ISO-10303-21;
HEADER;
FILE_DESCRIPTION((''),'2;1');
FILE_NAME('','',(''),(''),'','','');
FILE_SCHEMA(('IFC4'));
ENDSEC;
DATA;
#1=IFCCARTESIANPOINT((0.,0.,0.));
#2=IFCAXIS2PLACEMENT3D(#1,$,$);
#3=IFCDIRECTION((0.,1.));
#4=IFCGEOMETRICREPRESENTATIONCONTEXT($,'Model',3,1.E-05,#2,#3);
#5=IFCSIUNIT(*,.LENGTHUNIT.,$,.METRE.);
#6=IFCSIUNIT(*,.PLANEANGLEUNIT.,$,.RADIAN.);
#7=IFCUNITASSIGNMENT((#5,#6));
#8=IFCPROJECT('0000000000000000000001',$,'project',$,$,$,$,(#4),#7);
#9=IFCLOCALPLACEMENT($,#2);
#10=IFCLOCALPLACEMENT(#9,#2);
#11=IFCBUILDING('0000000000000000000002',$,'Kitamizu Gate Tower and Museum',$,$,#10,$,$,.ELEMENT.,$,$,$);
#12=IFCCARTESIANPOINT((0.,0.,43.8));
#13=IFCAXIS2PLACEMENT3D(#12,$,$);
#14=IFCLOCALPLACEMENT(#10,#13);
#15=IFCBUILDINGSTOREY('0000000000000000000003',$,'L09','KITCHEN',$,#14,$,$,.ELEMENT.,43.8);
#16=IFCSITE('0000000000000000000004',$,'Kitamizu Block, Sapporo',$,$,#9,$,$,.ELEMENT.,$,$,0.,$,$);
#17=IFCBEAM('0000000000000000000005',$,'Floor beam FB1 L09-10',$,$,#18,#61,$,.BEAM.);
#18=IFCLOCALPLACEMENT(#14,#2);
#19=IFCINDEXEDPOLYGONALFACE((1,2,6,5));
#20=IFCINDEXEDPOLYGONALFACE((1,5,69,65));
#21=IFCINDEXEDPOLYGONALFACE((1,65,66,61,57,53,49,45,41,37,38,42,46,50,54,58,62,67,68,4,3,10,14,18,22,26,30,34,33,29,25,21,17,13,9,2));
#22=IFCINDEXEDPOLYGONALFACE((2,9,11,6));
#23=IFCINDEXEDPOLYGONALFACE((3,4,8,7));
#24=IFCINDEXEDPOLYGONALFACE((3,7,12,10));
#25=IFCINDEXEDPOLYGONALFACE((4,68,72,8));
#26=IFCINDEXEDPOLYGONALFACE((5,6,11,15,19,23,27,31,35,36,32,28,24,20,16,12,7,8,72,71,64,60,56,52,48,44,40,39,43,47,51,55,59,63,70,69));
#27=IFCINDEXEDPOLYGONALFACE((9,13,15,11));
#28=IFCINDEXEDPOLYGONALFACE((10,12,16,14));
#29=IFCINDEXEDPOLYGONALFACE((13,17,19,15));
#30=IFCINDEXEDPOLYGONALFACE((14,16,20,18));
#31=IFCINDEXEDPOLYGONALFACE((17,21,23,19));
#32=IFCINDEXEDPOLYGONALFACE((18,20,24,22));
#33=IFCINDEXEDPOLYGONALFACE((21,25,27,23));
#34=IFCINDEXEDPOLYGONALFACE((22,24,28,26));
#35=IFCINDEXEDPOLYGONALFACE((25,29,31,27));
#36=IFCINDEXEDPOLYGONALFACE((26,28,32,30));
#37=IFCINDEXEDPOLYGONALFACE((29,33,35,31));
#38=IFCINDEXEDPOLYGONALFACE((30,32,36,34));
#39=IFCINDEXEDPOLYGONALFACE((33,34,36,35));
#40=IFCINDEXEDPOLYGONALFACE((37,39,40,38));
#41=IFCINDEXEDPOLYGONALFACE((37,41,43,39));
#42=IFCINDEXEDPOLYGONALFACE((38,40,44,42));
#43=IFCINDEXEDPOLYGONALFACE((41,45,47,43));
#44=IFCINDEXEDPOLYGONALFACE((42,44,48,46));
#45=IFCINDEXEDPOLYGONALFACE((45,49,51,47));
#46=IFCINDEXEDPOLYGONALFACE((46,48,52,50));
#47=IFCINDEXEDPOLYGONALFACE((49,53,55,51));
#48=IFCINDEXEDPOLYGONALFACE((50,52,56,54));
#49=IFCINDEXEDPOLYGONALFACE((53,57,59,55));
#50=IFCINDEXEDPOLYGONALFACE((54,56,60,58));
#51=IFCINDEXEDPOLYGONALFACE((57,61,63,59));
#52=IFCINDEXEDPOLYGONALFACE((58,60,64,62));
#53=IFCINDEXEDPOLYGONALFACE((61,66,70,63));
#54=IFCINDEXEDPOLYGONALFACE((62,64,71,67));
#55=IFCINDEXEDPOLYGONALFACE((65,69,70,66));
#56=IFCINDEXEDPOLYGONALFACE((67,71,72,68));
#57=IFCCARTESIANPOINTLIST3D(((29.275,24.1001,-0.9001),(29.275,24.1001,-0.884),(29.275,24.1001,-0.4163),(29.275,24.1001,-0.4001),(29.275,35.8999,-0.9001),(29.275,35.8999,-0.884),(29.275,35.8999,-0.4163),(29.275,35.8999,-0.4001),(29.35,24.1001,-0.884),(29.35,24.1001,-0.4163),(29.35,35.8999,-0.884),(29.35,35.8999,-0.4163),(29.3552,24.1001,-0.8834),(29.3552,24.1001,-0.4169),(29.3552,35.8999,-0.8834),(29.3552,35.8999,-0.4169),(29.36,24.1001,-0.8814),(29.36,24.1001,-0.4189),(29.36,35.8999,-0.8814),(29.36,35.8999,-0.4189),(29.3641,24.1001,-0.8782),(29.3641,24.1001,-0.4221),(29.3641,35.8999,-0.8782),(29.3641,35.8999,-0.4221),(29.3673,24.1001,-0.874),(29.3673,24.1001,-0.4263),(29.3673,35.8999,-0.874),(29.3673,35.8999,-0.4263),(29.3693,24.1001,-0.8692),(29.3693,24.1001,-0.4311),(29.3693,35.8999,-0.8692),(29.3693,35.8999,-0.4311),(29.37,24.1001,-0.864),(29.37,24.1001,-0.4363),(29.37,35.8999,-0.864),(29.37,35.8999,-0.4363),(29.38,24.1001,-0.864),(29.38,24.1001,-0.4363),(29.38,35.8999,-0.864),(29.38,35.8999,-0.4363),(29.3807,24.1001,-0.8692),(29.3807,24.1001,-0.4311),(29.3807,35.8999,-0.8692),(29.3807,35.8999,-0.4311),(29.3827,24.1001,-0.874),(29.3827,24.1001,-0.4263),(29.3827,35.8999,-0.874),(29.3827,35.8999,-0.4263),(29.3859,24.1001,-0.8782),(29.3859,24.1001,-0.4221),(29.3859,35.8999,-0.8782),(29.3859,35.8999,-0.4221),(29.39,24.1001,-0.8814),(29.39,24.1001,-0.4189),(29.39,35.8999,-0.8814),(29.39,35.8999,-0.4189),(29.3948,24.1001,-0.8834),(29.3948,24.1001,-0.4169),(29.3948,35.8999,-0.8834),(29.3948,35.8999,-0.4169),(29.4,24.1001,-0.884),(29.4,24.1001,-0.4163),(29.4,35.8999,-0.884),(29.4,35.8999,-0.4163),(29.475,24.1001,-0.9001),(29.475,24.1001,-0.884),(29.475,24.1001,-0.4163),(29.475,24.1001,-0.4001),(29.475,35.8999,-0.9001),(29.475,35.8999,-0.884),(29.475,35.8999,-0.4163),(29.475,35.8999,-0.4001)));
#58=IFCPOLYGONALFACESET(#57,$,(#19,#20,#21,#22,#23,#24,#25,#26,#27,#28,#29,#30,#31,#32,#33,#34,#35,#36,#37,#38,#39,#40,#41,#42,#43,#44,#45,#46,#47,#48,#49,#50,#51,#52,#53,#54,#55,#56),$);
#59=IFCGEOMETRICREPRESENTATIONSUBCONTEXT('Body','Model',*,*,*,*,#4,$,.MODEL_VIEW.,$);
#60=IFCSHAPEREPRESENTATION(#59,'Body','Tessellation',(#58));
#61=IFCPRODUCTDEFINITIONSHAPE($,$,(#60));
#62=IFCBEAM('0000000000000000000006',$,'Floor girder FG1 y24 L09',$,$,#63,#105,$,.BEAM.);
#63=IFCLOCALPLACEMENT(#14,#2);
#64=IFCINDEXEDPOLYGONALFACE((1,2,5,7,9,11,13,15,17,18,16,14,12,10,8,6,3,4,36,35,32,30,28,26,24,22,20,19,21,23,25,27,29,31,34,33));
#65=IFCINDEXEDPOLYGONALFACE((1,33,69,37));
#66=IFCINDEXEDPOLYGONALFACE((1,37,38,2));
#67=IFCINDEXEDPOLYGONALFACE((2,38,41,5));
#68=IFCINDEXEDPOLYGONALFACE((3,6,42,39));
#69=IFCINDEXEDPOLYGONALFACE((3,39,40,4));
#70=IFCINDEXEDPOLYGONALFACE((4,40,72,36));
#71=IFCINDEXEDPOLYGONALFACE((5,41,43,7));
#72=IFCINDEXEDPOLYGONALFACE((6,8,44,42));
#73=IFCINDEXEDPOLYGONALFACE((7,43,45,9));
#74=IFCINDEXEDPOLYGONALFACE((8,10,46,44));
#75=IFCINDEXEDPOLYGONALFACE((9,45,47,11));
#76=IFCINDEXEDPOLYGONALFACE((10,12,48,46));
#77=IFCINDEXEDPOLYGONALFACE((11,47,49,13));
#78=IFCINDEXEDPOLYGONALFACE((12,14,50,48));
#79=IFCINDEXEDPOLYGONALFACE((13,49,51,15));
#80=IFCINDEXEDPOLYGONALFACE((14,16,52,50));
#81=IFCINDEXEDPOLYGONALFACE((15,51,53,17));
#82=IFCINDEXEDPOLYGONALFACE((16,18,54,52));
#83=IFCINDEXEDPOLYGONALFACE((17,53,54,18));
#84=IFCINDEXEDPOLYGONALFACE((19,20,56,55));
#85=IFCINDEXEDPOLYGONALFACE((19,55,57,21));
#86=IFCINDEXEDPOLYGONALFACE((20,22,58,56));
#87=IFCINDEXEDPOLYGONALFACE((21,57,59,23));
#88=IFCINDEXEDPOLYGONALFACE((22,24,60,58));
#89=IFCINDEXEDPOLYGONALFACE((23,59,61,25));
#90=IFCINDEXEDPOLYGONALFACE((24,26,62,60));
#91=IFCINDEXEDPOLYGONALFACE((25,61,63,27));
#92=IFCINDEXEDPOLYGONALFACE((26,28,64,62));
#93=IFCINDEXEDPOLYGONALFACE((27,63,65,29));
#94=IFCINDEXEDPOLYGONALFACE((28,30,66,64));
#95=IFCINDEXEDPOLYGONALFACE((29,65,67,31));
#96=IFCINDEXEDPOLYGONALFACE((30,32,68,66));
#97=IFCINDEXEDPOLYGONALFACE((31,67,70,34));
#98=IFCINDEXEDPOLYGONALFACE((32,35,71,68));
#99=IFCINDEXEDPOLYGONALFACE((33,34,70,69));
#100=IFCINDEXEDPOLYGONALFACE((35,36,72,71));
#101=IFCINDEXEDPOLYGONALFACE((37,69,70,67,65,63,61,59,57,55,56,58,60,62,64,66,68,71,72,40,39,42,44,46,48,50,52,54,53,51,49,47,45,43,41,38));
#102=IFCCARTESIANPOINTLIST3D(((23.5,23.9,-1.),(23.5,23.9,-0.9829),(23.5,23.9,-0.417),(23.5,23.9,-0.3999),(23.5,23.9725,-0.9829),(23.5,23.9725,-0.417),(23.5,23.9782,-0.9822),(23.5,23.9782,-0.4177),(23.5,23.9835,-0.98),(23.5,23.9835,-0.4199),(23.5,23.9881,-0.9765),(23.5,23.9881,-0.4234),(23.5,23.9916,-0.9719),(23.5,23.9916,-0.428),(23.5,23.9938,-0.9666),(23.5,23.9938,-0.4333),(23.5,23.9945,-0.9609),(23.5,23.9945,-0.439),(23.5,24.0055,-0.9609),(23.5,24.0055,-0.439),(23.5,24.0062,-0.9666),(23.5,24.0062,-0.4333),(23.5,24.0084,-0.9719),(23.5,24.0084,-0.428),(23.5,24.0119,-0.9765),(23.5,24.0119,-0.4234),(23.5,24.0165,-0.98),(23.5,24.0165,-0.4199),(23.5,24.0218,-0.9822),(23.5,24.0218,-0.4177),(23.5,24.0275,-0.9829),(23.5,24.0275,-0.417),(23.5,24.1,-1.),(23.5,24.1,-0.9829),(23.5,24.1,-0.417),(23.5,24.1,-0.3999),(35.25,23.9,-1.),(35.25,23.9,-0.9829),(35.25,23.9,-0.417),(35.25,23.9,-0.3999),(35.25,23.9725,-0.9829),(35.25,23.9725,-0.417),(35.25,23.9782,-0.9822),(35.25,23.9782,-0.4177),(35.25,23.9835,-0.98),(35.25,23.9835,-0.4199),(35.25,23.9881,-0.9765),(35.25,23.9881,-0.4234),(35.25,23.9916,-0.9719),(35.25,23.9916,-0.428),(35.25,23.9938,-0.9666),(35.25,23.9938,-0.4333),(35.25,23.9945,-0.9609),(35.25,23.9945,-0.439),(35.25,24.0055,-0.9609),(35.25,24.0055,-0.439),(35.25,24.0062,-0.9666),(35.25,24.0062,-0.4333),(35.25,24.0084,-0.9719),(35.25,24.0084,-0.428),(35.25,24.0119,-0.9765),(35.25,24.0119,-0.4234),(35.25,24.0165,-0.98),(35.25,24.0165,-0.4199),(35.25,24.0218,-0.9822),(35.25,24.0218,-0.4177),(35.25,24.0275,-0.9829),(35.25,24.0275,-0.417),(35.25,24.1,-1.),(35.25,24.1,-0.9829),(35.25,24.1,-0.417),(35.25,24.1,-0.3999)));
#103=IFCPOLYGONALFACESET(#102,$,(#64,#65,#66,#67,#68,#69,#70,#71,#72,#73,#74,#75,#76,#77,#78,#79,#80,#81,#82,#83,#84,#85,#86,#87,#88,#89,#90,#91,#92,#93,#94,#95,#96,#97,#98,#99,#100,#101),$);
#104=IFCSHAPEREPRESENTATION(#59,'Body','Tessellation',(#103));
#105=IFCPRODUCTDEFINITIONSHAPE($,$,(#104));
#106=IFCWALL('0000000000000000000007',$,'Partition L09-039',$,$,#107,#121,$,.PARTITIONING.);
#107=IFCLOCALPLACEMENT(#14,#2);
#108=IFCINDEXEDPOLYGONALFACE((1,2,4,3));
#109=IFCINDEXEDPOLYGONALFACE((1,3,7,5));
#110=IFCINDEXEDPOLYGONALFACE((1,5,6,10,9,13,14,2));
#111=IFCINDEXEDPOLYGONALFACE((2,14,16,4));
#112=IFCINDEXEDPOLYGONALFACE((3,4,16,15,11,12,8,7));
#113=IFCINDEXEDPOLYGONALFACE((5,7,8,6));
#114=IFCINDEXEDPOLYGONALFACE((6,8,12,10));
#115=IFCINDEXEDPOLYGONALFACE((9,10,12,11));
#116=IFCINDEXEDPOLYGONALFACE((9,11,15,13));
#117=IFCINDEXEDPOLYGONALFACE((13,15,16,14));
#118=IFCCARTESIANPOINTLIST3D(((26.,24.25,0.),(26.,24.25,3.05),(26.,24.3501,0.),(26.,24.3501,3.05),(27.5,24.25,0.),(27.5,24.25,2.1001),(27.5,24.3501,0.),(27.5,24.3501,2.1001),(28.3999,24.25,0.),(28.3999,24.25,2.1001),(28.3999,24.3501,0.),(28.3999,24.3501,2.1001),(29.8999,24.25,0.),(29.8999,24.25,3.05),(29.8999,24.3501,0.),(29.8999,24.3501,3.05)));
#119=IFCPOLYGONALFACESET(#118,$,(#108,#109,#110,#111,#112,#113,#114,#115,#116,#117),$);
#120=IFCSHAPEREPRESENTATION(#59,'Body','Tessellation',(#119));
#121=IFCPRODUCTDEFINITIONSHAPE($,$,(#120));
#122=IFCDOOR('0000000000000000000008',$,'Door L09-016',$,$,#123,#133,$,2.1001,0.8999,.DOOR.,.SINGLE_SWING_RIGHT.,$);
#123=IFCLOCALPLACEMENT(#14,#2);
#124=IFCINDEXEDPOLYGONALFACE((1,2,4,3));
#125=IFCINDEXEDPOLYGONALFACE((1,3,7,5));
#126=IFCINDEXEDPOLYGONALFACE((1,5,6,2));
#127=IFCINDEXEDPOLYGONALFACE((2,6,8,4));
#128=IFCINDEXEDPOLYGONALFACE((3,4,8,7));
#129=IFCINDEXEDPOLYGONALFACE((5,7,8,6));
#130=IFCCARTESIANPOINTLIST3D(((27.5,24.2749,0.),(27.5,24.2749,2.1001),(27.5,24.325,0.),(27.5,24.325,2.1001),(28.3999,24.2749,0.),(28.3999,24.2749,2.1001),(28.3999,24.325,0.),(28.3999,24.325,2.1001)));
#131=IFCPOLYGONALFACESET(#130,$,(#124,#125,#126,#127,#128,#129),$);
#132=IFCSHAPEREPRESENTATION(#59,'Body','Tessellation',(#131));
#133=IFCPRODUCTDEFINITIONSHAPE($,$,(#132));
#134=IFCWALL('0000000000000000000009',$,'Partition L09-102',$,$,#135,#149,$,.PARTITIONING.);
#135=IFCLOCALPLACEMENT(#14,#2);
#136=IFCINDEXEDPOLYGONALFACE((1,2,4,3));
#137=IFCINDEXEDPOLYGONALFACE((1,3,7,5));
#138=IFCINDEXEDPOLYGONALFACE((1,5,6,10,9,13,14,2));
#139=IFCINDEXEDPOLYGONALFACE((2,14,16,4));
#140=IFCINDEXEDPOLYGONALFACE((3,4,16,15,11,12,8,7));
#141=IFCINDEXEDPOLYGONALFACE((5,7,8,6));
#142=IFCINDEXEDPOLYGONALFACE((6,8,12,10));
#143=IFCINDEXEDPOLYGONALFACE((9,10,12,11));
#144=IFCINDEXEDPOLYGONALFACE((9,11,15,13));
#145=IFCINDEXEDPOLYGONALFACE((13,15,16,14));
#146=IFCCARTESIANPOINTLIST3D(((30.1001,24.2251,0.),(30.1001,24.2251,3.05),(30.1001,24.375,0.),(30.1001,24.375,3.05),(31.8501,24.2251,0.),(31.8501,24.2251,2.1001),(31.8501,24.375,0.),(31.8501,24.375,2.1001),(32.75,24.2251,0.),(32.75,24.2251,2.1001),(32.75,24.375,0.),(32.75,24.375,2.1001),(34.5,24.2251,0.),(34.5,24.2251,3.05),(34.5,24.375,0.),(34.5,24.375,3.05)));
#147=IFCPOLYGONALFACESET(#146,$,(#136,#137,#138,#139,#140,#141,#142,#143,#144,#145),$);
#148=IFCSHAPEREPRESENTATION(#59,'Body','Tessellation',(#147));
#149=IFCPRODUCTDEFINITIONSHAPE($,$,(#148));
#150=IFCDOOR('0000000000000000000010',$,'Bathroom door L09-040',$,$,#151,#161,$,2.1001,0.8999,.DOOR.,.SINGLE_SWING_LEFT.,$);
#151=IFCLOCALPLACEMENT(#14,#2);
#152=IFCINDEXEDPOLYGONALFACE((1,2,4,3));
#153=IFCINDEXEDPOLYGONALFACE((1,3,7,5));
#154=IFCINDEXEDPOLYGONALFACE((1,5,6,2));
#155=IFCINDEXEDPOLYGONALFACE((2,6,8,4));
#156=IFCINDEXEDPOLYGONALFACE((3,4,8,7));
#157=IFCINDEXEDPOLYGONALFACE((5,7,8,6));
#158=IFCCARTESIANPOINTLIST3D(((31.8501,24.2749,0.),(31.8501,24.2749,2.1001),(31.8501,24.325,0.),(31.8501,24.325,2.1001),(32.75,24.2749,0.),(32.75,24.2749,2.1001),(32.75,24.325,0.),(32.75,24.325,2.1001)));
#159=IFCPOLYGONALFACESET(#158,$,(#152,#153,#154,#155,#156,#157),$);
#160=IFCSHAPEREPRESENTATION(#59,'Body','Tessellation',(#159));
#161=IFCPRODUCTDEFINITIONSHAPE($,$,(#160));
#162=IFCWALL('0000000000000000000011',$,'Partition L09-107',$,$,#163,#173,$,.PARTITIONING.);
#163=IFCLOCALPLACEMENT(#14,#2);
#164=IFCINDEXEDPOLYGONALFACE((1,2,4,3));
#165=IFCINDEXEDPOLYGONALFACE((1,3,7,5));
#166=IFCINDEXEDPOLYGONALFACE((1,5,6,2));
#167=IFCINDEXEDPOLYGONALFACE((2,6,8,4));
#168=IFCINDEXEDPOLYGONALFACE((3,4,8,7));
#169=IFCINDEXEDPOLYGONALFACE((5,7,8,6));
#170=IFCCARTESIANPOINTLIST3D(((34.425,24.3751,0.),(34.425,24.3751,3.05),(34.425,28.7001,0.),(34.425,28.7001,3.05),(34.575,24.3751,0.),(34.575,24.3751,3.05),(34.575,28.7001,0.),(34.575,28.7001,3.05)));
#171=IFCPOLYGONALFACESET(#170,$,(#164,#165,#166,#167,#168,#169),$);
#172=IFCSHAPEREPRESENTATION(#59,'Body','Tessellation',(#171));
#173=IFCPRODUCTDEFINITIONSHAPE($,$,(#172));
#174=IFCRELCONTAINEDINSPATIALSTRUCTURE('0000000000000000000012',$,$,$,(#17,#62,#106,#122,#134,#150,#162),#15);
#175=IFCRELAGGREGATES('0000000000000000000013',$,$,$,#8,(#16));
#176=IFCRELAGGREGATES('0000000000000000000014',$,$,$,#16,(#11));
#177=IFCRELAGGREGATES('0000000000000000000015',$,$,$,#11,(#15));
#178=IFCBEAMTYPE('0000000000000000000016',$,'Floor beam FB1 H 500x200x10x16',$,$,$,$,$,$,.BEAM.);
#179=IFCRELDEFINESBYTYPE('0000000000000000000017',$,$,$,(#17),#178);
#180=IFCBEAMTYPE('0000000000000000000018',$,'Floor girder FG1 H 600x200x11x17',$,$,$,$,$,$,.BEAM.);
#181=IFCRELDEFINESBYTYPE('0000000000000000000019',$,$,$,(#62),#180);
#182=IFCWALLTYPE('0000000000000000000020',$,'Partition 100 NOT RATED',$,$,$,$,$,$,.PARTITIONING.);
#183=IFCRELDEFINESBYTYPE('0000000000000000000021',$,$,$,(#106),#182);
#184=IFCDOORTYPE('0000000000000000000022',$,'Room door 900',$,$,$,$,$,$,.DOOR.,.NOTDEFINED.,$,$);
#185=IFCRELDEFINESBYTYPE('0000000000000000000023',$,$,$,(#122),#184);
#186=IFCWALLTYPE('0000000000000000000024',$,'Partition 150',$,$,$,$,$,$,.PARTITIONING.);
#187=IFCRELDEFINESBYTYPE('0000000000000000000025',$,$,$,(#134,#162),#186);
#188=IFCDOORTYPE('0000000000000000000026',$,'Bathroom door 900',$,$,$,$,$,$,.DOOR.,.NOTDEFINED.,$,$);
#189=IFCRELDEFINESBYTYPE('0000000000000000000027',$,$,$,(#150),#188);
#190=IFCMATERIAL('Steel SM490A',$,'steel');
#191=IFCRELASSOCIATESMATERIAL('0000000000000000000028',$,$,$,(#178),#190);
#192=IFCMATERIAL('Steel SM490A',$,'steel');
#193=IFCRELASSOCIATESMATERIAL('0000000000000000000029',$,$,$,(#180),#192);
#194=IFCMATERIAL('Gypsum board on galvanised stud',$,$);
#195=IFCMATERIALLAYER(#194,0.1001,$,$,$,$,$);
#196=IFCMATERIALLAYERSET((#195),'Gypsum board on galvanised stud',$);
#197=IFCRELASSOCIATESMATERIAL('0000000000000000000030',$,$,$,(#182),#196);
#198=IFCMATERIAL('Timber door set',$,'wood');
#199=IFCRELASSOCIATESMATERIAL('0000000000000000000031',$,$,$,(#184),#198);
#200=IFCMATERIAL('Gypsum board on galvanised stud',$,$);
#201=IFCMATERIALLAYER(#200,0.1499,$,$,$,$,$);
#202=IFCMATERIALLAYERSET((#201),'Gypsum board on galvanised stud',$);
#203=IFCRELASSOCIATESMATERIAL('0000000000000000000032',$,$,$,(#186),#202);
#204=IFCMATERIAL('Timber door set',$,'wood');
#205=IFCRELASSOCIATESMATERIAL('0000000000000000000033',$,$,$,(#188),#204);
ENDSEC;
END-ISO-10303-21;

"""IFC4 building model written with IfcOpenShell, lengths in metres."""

from ifc_helpers import new_model, si_unit, direction, frame, frame_2d, origin, origin_2d, place, context, subcontext, project, spatial, rectangle, i_section, extrude, material, layer, layer_set, material_profile, profile_set, type_object, element, fill, save


model = new_model("IFC4")

# Units and contexts
model_context = context("Model", 3, precision=1e-05, world=origin(), true_north=direction((0.0, 1.0)))
body_context = subcontext(model_context, "Body", "Model", "MODEL_VIEW")
ifc_project = project(units=[si_unit("LENGTHUNIT", "METRE"), si_unit("PLANEANGLEUNIT", "RADIAN")], contexts=[model_context])

# Site, building, storey
site_placement = place(None, origin())
site = spatial("IfcSite", under=ifc_project, at=site_placement, Name="Kitamizu Block, Sapporo", CompositionType="ELEMENT", RefElevation=0.0)
building_placement = place(site_placement, origin())
building = spatial("IfcBuilding", under=site, at=building_placement, Name="Kitamizu Gate Tower and Museum", CompositionType="ELEMENT")
storey_placement = place(building_placement, frame((0.0, 0.0, 43.8)))
storey = spatial("IfcBuildingStorey", under=building, at=storey_placement, Name="L09", Description="KITCHEN", CompositionType="ELEMENT", Elevation=43.8)

# Beams
ifc_material_1 = material(Name="Steel SM490A", Category="steel")
ifc_material_profile_1 = material_profile(ifc_material_1, i_section(OverallWidth=0.2, OverallDepth=0.5, WebThickness=0.01, FlangeThickness=0.0161, FilletRadius=0.02, at=origin_2d()), Name="H-500x200x10x16")
ifc_profile_set_1 = profile_set([ifc_material_profile_1], Name="Steel SM490A")
beam_type_1 = type_object("IfcBeamType", Name="Floor beam FB1 H 500x200x10x16", PredefinedType="BEAM", material=ifc_profile_set_1)
beam_1_placement = place(storey_placement, frame((29.375, 24.1001, -0.6501), z_axis=(0.0, 1.0, 0.0), x_axis=(-1.0, 0.0, 0.0)))
element("IfcBeam", 1, at=beam_1_placement, inside=storey, type_object=beam_type_1, Name="Floor beam FB1 L09-10", PredefinedType="BEAM", context=body_context, shape_type="SweptSolid", body=[
    extrude(i_section(OverallWidth=0.2, OverallDepth=0.5, WebThickness=0.01, FlangeThickness=0.0161, FilletRadius=0.02, at=origin_2d()), origin(), (0.0, 0.0, 1.0), 11.7998),
])
ifc_material_2 = material(Name="Steel SM490A", Category="steel")
ifc_material_profile_2 = material_profile(ifc_material_2, i_section(OverallWidth=0.2, OverallDepth=0.6001, WebThickness=0.011, FlangeThickness=0.0171, FilletRadius=0.022, at=origin_2d()), Name="H-600x200x11x17")
ifc_profile_set_2 = profile_set([ifc_material_profile_2], Name="Steel SM490A")
beam_type_2 = type_object("IfcBeamType", Name="Floor girder FG1 H 600x200x11x17", PredefinedType="BEAM", material=ifc_profile_set_2)
beam_2_placement = place(storey_placement, frame((23.5, 24.0, -0.7), z_axis=(1.0, 0.0, 0.0), x_axis=(0.0, 1.0, 0.0)))
element("IfcBeam", 2, at=beam_2_placement, inside=storey, type_object=beam_type_2, Name="Floor girder FG1 y24 L09", PredefinedType="BEAM", context=body_context, shape_type="SweptSolid", body=[
    extrude(i_section(OverallWidth=0.2, OverallDepth=0.6001, WebThickness=0.011, FlangeThickness=0.0171, FilletRadius=0.022, at=origin_2d()), origin(), (0.0, 0.0, 1.0), 11.75),
])

# Walls, openings, doors
ifc_material_3 = material(Name="Gypsum board on galvanised stud")
ifc_layer_1 = layer(ifc_material_3, 0.1001)
ifc_layer_set_1 = layer_set([ifc_layer_1], Name="Gypsum board on galvanised stud")
wall_type_1 = type_object("IfcWallType", Name="Partition 100 NOT RATED", PredefinedType="PARTITIONING", material=ifc_layer_set_1)
wall_1_placement = place(storey_placement, frame((29.8999, 24.3, 0.0), z_axis=(0.0, 0.0, 1.0), x_axis=(-1.0, 0.0, 0.0)))
wall_1 = element("IfcWall", 3, at=wall_1_placement, inside=storey, type_object=wall_type_1, Name="Partition L09-039", PredefinedType="PARTITIONING", context=body_context, shape_type="SweptSolid", body=[
    extrude(rectangle(XDim=3.8999, YDim=0.1001, at=frame_2d((1.95, 0.0))), origin(), (0.0, 0.0, 1.0), 3.05),
])
opening_1_placement = place(wall_1_placement, frame((1.5, 0.0, 0.0)))
opening_1 = element("IfcOpeningElement", 4, at=opening_1_placement, cuts=wall_1, PredefinedType="OPENING", context=body_context, shape_type="SweptSolid", body=[
    extrude(rectangle(XDim=0.8999, YDim=2.1001, at=frame_2d((0.45, 1.05))), frame((0.0, 0.0601, 0.0), z_axis=(0.0, -1.0, 0.0), x_axis=(1.0, 0.0, 0.0)), (0.0, 0.0, 1.0), 0.1201),
])
ifc_material_4 = material(Name="Timber door set", Category="wood")
door_type_1 = type_object("IfcDoorType", Name="Room door 900", OperationType="NOTDEFINED", PredefinedType="DOOR", material=ifc_material_4)
door_1_placement = place(opening_1_placement, frame((0.8999, 0.0, 0.0), x_axis=(-1.0, 0.0, 0.0)))
door_1 = element("IfcDoor", 5, at=door_1_placement, inside=storey, type_object=door_type_1, Name="Door L09-016", OperationType="SINGLE_SWING_RIGHT", OverallHeight=2.1001, OverallWidth=0.8999, PredefinedType="DOOR", context=body_context, shape_type="SweptSolid", body=[
    extrude(rectangle(XDim=0.8999, YDim=2.1001, at=frame_2d((0.45, 1.05))), frame((0.0, 0.0249, 0.0), z_axis=(0.0, -1.0, 0.0), x_axis=(1.0, 0.0, 0.0)), (0.0, 0.0, 1.0), 0.05),
])
fill(opening_1, door_1)
ifc_material_5 = material(Name="Gypsum board on galvanised stud")
ifc_layer_2 = layer(ifc_material_5, 0.1499)
ifc_layer_set_2 = layer_set([ifc_layer_2], Name="Gypsum board on galvanised stud")
wall_type_2 = type_object("IfcWallType", Name="Partition 150", PredefinedType="PARTITIONING", material=ifc_layer_set_2)
wall_2_placement = place(storey_placement, frame((34.5, 24.3, 0.0), z_axis=(0.0, 0.0, 1.0), x_axis=(-1.0, 0.0, 0.0)))
wall_2 = element("IfcWall", 6, at=wall_2_placement, inside=storey, type_object=wall_type_2, Name="Partition L09-102", PredefinedType="PARTITIONING", context=body_context, shape_type="SweptSolid", body=[
    extrude(rectangle(XDim=4.3999, YDim=0.1499, at=frame_2d((2.2, 0.0))), origin(), (0.0, 0.0, 1.0), 3.05),
])
opening_2_placement = place(wall_2_placement, frame((1.75, 0.0, 0.0)))
opening_2 = element("IfcOpeningElement", 7, at=opening_2_placement, cuts=wall_2, PredefinedType="OPENING", context=body_context, shape_type="SweptSolid", body=[
    extrude(rectangle(XDim=0.8999, YDim=2.1001, at=frame_2d((0.45, 1.05))), frame((0.0, 0.085, 0.0), z_axis=(0.0, -1.0, 0.0), x_axis=(1.0, 0.0, 0.0)), (0.0, 0.0, 1.0), 0.1699),
])
ifc_material_6 = material(Name="Timber door set", Category="wood")
door_type_2 = type_object("IfcDoorType", Name="Bathroom door 900", OperationType="NOTDEFINED", PredefinedType="DOOR", material=ifc_material_6)
door_2_placement = place(opening_2_placement, frame((0.8999, 0.0, 0.0), x_axis=(-1.0, 0.0, 0.0)))
door_2 = element("IfcDoor", 8, at=door_2_placement, inside=storey, type_object=door_type_2, Name="Bathroom door L09-040", OperationType="SINGLE_SWING_LEFT", OverallHeight=2.1001, OverallWidth=0.8999, PredefinedType="DOOR", context=body_context, shape_type="SweptSolid", body=[
    extrude(rectangle(XDim=0.8999, YDim=2.1001, at=frame_2d((0.45, 1.05))), frame((0.0, 0.0249, 0.0), z_axis=(0.0, -1.0, 0.0), x_axis=(1.0, 0.0, 0.0)), (0.0, 0.0, 1.0), 0.05),
])
fill(opening_2, door_2)

# Wall
wall_3_placement = place(storey_placement, frame((34.5, 24.375, 0.0), z_axis=(0.0, 0.0, 1.0), x_axis=(0.0, 1.0, 0.0)))
element("IfcWall", 9, at=wall_3_placement, inside=storey, type_object=wall_type_2, Name="Partition L09-107", PredefinedType="PARTITIONING", context=body_context, shape_type="SweptSolid", body=[
    extrude(rectangle(XDim=4.325, YDim=0.1499, at=frame_2d((2.1626, 0.0))), origin(), (0.0, 0.0, 1.0), 3.05),
])

save(model, "model.ifc")
